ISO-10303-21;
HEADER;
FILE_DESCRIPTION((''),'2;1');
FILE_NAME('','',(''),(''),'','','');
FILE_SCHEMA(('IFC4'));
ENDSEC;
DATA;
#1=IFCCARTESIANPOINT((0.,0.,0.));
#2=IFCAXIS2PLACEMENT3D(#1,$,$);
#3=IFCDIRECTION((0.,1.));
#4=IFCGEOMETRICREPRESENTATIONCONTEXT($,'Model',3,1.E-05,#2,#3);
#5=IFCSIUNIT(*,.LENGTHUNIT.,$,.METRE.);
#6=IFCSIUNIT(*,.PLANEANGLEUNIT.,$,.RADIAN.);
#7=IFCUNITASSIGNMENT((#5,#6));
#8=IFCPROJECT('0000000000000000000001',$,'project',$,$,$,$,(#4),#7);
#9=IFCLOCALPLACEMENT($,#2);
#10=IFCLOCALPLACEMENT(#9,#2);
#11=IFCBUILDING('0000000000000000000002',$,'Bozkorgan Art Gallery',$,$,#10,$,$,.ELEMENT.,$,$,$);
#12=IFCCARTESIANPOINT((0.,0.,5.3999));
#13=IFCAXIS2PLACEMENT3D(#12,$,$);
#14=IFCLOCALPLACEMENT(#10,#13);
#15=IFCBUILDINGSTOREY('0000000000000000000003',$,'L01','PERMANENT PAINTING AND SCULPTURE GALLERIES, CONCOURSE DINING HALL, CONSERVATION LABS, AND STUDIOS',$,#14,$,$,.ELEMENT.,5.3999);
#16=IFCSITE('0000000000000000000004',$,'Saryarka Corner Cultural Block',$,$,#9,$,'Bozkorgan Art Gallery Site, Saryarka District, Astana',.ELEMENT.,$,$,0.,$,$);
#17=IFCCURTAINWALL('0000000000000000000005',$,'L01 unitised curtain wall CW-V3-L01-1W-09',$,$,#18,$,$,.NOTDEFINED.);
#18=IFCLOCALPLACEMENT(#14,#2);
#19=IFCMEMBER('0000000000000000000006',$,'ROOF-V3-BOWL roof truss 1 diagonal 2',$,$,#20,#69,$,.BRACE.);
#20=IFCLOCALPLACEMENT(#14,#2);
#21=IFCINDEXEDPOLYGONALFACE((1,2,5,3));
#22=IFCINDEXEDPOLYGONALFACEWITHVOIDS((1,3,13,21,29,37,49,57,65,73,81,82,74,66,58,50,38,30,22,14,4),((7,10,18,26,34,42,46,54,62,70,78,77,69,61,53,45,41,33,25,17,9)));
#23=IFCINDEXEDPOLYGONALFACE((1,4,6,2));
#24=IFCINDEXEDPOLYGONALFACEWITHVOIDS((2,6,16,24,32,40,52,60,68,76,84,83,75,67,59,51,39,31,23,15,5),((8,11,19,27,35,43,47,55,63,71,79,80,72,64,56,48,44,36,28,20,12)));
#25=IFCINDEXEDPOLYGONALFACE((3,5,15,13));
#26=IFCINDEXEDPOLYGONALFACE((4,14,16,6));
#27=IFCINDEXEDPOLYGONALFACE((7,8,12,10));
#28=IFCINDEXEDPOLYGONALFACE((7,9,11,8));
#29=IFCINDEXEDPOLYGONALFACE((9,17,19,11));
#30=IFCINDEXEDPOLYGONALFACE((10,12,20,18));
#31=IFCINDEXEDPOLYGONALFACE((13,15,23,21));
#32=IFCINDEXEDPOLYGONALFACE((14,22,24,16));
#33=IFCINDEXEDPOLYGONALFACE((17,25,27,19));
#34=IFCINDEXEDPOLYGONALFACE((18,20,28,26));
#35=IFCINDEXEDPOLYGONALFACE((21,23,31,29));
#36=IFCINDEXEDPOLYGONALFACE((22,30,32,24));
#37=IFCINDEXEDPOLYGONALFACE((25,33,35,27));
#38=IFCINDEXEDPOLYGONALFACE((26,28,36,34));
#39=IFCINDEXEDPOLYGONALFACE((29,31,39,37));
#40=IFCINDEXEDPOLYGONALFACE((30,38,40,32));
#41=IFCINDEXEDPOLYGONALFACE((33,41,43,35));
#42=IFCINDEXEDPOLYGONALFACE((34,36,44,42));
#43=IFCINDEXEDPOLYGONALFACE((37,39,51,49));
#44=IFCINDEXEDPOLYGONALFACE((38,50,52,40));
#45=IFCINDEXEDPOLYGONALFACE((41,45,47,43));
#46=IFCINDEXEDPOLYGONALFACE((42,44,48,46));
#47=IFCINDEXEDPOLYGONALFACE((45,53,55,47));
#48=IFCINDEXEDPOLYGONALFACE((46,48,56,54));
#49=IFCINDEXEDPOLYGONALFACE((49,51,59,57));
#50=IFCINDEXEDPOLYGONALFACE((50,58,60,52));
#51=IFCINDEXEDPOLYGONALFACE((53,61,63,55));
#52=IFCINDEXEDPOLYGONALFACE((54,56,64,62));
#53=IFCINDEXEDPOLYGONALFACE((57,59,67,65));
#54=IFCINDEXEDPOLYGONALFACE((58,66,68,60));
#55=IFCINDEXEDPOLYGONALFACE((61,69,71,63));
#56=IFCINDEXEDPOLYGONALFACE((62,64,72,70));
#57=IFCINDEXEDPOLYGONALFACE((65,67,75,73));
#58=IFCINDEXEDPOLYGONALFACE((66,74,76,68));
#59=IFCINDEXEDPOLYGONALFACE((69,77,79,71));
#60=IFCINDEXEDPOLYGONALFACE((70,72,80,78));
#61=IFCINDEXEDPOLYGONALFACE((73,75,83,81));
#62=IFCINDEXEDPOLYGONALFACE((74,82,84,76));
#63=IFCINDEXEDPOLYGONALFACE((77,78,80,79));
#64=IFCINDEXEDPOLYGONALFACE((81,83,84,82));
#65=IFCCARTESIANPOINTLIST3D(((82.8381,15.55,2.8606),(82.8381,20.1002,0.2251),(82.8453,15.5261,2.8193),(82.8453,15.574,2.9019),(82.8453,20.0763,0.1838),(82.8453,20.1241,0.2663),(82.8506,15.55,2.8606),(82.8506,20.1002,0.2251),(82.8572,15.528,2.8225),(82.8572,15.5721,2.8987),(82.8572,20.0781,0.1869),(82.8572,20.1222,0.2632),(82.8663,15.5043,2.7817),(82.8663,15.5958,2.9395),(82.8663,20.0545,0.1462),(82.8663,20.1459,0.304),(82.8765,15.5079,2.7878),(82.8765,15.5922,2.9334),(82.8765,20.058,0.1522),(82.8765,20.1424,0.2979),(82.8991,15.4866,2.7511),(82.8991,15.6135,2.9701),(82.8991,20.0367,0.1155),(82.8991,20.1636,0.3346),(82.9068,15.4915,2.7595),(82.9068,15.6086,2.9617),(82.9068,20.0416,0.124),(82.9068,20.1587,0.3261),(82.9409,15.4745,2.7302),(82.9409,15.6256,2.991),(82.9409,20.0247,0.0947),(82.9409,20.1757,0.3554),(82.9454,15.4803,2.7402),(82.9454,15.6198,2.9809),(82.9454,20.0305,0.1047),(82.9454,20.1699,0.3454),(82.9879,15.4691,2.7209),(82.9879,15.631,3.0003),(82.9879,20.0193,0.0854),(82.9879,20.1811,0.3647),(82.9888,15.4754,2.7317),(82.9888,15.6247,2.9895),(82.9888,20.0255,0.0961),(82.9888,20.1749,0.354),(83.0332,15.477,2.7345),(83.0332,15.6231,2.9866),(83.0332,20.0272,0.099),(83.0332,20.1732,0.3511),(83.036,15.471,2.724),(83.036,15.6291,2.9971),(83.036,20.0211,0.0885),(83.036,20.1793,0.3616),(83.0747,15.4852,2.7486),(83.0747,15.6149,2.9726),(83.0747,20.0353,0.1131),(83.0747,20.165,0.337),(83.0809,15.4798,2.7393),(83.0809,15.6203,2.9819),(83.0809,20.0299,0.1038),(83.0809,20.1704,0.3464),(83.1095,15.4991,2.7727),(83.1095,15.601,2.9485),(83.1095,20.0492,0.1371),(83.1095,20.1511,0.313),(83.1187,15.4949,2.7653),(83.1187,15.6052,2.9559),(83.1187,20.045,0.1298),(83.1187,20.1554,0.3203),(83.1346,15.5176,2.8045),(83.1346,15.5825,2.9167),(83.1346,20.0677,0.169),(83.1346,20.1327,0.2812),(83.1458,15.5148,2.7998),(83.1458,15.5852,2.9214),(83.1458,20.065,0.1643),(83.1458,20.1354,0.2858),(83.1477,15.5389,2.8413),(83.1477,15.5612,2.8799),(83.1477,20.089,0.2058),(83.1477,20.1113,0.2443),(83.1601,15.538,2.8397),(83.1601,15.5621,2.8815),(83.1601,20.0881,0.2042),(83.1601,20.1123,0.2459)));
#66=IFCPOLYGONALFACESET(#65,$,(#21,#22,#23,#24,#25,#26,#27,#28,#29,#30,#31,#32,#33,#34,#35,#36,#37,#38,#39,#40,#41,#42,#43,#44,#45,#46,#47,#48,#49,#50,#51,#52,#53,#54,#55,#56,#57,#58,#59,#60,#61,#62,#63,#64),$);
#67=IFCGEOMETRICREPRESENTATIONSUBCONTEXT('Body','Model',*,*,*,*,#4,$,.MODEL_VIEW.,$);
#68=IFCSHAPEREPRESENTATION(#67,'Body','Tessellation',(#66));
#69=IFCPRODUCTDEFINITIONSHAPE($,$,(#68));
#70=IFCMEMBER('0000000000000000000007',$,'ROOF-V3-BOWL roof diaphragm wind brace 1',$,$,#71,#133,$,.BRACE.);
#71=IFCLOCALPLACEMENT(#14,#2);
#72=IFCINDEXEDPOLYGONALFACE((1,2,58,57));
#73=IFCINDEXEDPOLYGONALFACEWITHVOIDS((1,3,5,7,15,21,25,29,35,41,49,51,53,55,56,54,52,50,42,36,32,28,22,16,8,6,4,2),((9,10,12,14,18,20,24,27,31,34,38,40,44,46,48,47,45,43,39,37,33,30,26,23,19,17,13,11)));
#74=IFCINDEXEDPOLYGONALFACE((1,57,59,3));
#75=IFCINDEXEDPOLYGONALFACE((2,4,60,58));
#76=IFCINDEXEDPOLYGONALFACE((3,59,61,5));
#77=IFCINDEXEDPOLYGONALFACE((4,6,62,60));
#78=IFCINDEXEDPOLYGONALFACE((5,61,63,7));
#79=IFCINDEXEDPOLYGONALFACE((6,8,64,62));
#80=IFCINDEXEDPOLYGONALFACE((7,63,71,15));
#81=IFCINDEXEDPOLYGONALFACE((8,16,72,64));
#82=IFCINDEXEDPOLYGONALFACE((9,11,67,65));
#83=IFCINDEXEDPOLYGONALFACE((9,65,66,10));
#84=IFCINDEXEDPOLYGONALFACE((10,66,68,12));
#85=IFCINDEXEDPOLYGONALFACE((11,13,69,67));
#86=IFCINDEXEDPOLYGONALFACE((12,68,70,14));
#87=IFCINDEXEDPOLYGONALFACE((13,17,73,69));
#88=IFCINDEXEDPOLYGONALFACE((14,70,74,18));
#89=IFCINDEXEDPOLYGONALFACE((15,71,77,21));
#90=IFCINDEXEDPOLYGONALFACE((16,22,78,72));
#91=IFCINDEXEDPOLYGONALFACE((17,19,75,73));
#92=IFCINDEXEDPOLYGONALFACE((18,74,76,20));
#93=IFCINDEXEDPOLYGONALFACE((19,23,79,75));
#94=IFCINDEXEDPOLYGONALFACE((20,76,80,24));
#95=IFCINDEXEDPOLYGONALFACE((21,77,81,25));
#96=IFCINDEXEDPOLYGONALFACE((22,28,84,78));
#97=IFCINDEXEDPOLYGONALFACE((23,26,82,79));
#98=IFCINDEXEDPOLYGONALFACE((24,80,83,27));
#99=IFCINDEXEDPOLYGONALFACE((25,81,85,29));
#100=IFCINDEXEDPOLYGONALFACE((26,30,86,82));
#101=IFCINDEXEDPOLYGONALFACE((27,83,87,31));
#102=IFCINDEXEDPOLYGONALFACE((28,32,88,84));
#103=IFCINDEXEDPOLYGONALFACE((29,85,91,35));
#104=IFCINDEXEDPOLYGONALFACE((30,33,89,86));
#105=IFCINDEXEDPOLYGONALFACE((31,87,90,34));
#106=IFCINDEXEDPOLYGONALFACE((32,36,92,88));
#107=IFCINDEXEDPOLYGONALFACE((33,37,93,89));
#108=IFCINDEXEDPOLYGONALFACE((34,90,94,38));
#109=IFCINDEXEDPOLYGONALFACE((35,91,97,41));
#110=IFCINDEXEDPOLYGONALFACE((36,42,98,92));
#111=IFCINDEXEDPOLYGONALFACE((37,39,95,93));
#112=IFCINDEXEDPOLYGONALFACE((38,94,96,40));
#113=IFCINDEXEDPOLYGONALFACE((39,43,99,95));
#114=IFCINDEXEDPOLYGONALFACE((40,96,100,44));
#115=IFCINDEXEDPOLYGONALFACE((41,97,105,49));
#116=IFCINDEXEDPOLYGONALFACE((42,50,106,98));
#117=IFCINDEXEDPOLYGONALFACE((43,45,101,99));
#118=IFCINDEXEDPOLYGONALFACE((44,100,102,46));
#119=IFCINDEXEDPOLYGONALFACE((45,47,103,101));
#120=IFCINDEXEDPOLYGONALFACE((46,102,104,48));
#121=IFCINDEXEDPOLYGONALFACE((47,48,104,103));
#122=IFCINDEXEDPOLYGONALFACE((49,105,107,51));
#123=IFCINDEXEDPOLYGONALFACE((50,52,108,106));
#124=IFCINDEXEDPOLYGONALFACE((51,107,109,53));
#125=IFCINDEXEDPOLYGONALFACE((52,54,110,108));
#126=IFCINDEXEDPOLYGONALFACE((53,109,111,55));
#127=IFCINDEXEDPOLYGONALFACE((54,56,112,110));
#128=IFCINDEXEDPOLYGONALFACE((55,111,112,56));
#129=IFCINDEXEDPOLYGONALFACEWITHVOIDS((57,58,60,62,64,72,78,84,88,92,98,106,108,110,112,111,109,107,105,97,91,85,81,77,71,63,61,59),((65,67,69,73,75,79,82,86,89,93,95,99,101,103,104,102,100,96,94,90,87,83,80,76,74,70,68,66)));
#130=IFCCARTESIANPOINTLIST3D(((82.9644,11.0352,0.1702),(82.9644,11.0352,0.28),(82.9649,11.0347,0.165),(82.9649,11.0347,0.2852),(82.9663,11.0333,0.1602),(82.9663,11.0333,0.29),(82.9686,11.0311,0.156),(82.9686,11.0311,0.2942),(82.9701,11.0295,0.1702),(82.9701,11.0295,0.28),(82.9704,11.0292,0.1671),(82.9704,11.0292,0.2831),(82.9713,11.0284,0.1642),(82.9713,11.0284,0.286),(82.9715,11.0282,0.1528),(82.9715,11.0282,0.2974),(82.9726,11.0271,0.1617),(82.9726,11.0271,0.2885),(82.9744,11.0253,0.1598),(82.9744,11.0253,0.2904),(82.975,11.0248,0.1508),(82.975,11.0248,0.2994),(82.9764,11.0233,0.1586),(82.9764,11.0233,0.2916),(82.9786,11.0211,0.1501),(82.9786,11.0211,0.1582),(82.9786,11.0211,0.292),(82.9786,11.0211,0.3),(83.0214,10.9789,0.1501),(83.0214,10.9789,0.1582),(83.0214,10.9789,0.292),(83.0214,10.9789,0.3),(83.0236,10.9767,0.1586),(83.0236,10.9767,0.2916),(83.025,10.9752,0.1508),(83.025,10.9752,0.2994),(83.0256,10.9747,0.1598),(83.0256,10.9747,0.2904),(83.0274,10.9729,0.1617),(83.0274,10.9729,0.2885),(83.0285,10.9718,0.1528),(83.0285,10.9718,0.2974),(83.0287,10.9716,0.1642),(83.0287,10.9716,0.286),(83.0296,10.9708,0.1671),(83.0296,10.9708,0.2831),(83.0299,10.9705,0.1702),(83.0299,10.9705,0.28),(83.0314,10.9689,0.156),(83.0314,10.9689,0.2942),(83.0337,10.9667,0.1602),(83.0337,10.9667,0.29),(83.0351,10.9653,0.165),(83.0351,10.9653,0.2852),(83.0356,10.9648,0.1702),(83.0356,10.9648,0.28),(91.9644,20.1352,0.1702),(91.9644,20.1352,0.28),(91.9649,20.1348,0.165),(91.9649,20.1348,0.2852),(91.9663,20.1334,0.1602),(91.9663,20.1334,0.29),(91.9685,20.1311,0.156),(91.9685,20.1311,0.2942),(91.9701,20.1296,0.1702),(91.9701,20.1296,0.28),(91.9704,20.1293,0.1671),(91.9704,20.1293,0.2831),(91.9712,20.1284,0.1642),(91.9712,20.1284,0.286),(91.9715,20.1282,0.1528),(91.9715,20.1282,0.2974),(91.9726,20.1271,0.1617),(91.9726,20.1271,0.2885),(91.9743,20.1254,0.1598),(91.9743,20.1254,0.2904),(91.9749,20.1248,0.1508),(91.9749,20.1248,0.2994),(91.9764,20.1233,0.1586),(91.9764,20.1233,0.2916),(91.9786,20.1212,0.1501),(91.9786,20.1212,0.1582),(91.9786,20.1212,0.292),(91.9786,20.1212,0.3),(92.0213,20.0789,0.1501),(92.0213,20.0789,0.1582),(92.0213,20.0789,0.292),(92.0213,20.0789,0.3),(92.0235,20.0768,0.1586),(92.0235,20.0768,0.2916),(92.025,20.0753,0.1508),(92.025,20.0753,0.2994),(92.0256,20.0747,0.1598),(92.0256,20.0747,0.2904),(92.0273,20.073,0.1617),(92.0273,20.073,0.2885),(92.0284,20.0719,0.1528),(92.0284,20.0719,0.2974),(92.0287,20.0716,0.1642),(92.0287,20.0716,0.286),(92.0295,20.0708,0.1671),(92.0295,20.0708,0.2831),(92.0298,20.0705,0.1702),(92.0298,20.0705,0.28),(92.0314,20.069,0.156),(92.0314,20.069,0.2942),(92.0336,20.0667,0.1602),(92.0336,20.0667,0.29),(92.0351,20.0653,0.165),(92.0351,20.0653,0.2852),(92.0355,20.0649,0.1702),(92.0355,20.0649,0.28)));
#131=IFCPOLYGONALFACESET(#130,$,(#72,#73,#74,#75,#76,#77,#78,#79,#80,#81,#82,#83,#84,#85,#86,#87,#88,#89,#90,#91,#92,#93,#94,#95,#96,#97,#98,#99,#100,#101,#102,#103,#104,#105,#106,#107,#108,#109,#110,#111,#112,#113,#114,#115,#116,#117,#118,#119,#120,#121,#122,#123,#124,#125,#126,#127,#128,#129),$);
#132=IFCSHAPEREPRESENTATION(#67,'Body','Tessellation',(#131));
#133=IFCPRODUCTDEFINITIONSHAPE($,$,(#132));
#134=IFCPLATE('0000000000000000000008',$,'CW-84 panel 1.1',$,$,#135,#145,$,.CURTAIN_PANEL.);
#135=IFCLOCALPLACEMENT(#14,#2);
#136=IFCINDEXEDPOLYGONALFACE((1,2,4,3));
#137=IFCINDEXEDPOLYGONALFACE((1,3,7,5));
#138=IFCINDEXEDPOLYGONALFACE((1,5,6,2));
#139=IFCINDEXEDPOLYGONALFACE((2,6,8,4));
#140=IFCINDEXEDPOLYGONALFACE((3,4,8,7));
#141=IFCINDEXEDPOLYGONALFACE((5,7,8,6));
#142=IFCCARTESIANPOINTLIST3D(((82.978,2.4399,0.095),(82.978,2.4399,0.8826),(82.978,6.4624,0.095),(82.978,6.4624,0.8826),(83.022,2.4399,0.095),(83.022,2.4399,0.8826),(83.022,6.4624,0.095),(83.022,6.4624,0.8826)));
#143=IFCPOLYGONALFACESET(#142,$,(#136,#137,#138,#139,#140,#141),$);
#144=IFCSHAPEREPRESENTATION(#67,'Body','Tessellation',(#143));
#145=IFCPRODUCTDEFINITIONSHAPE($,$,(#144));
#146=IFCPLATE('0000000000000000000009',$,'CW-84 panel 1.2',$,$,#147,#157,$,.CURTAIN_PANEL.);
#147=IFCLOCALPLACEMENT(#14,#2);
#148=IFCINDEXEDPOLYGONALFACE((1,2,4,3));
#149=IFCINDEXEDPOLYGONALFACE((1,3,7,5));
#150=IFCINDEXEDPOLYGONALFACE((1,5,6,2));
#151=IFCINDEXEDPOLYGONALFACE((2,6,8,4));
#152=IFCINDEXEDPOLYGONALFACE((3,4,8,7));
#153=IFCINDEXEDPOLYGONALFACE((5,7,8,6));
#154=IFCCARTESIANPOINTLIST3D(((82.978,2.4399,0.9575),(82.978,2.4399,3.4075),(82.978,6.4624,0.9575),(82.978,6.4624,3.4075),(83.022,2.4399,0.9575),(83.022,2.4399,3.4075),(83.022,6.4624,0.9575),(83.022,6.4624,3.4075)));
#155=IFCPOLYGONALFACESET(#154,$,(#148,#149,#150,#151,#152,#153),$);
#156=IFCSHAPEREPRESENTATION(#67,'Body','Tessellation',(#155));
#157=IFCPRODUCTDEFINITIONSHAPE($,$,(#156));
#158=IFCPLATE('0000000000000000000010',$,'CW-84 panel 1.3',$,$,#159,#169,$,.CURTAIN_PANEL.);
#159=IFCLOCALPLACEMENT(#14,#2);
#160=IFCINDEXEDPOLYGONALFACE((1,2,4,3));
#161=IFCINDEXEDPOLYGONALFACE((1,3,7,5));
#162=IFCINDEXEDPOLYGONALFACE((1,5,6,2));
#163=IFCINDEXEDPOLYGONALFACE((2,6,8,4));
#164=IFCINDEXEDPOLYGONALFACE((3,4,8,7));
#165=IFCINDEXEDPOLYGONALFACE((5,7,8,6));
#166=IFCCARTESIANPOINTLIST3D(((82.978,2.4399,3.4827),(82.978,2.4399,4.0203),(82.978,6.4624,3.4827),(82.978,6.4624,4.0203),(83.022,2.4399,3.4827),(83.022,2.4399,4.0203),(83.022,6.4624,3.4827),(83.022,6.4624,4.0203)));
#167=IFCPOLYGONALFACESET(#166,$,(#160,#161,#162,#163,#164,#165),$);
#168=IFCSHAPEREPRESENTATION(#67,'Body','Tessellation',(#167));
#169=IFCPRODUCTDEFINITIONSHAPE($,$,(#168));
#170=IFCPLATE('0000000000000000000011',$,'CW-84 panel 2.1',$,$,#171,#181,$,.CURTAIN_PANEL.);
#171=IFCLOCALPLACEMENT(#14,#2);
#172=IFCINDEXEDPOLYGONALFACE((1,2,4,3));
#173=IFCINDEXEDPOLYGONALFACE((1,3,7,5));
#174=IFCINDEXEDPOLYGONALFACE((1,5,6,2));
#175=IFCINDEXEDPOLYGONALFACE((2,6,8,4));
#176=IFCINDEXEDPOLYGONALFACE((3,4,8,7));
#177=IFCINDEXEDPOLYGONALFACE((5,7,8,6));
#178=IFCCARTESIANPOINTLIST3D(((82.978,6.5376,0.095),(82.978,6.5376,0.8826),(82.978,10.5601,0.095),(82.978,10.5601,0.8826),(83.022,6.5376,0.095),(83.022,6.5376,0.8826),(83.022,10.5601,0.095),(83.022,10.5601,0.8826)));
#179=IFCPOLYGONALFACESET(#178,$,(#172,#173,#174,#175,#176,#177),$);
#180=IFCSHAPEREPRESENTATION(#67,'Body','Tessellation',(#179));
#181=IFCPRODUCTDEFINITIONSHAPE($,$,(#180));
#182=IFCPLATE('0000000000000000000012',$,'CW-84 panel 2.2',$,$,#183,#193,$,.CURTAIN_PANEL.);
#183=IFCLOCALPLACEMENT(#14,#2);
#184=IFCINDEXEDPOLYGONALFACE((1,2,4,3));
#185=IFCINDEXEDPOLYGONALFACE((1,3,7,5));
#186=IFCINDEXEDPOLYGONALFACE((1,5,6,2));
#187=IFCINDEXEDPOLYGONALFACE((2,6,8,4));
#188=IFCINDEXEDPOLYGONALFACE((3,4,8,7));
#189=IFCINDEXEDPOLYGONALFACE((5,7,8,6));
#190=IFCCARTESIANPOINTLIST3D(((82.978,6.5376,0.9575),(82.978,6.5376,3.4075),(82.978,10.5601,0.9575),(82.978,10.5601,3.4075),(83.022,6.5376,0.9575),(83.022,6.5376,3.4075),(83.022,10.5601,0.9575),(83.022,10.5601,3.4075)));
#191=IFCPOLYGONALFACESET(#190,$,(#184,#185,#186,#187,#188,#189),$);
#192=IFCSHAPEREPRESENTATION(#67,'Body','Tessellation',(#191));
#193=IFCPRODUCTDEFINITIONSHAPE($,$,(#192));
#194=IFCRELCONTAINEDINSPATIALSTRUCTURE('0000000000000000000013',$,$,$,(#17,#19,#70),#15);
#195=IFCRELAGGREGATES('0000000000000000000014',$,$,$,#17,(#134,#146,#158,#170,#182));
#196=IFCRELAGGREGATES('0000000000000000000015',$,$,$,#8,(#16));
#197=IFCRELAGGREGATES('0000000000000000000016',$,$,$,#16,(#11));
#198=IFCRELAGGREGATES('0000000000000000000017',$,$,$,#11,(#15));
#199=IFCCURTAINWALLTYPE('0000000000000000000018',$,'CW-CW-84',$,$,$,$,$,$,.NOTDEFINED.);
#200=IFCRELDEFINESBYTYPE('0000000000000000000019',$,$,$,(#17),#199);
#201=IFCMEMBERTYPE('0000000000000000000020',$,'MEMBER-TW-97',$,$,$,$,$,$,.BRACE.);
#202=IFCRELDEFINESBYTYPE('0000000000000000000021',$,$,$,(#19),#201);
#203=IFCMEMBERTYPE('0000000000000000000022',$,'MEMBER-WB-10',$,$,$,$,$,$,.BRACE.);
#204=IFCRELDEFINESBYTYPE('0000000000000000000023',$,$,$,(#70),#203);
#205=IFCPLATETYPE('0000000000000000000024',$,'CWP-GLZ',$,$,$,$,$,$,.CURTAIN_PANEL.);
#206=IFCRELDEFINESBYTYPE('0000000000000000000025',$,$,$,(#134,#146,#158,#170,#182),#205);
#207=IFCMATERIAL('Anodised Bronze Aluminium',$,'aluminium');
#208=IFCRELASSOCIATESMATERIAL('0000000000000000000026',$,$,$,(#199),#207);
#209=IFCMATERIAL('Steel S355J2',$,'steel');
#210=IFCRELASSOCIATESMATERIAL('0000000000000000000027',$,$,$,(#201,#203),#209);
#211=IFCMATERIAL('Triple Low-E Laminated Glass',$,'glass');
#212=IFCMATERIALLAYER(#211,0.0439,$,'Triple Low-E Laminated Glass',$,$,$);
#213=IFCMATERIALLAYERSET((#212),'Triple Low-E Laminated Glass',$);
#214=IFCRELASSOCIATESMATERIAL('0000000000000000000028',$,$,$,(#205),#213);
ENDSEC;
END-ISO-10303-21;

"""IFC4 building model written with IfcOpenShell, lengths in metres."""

from ifc_helpers import new_model, si_unit, direction, frame, origin, origin_2d, place, context, subcontext, project, spatial, rectangle, hollow_rectangle, hollow_circle, extrude, material, layer, layer_set, material_profile, profile_set, type_object, element, aggregate, save


model = new_model("IFC4")

# Units and contexts
model_context = context("Model", 3, precision=1e-05, world=origin(), true_north=direction((0.0, 1.0)))
body_context = subcontext(model_context, "Body", "Model", "MODEL_VIEW")
ifc_project = project(units=[si_unit("LENGTHUNIT", "METRE"), si_unit("PLANEANGLEUNIT", "RADIAN")], contexts=[model_context])

# Site, building, storey
site_placement = place(None, origin())
site = spatial("IfcSite", under=ifc_project, at=site_placement, Name="Saryarka Corner Cultural Block", LongName="Bozkorgan Art Gallery Site, Saryarka District, Astana", CompositionType="ELEMENT", RefElevation=0.0)
building_placement = place(site_placement, origin())
building = spatial("IfcBuilding", under=site, at=building_placement, Name="Bozkorgan Art Gallery", CompositionType="ELEMENT")
storey_placement = place(building_placement, frame((0.0, 0.0, 5.3999)))
storey = spatial("IfcBuildingStorey", under=building, at=storey_placement, Name="L01", Description="PERMANENT PAINTING AND SCULPTURE GALLERIES, CONCOURSE DINING HALL, CONSERVATION LABS, AND STUDIOS", CompositionType="ELEMENT", Elevation=5.3999)

# Shared definitions
ifc_material_1 = material(Name="Steel S355J2", Category="steel")

# Shared definitions
ifc_material_2 = material(Name="Anodised Bronze Aluminium", Category="aluminium")
curtain_wall_type = type_object("IfcCurtainWallType", Name="CW-CW-84", PredefinedType="NOTDEFINED", material=ifc_material_2)

# Curtain wall
curtain_wall_1_placement = place(storey_placement, origin())
curtain_wall_1 = element("IfcCurtainWall", 1, at=curtain_wall_1_placement, inside=storey, type_object=curtain_wall_type, Name="L01 unitised curtain wall CW-V3-L01-1W-09", PredefinedType="NOTDEFINED")

# Members
ifc_material_profile_1 = material_profile(ifc_material_1, hollow_circle(Radius=0.1619, WallThickness=0.0125, at=origin_2d()), Name="CHS 323.9x12.5")
ifc_profile_set_1 = profile_set([ifc_material_profile_1], Name="Steel S355J2")
member_type_1 = type_object("IfcMemberType", Name="MEMBER-TW-97", PredefinedType="BRACE", material=ifc_profile_set_1)
member_1_placement = place(storey_placement, frame((83.0, 15.55, 2.8606), z_axis=(0.0, 0.865322, -0.501216), x_axis=(-1.0, 0.0, 0.0)))
element("IfcMember", 2, at=member_1_placement, inside=storey, type_object=member_type_1, Name="ROOF-V3-BOWL roof truss 1 diagonal 2", PredefinedType="BRACE", context=body_context, shape_type="SweptSolid", body=[
    extrude(hollow_circle(Radius=0.1619, WallThickness=0.0125, at=origin_2d()), origin(), (0.0, 0.0, 1.0), 5.2583),
])
ifc_material_profile_2 = material_profile(ifc_material_1, hollow_rectangle(XDim=0.1001, YDim=0.1499, WallThickness=0.0081, InnerFilletRadius=0.012, OuterFilletRadius=0.02, at=origin_2d()), Name="RHS 150x100x8")
ifc_profile_set_2 = profile_set([ifc_material_profile_2], Name="Steel S355J2")
member_type_2 = type_object("IfcMemberType", Name="MEMBER-WB-10", PredefinedType="BRACE", material=ifc_profile_set_2)
member_2_placement = place(storey_placement, frame((83.0, 11.0, 0.2251), z_axis=(0.703186, 0.711006, 0.0), x_axis=(-0.711006, 0.703186, 0.0)))
element("IfcMember", 3, at=member_2_placement, inside=storey, type_object=member_type_2, Name="ROOF-V3-BOWL roof diaphragm wind brace 1", PredefinedType="BRACE", context=body_context, shape_type="SweptSolid", body=[
    extrude(hollow_rectangle(XDim=0.1001, YDim=0.1499, WallThickness=0.0081, InnerFilletRadius=0.012, OuterFilletRadius=0.02, at=origin_2d()), origin(), (0.0, 0.0, 1.0), 12.7988),
])

# Plates
ifc_material_3 = material(Name="Triple Low-E Laminated Glass", Category="glass")
ifc_layer_1 = layer(ifc_material_3, 0.0439, Name="Triple Low-E Laminated Glass")
ifc_layer_set_1 = layer_set([ifc_layer_1], Name="Triple Low-E Laminated Glass")
plate_type_1 = type_object("IfcPlateType", Name="CWP-GLZ", PredefinedType="CURTAIN_PANEL", material=ifc_layer_set_1)
plate_1_placement = place(storey_placement, frame((83.0, 4.4512, 0.095), z_axis=(0.0, 0.0, 1.0), x_axis=(0.0, 1.0, 0.0)))
plate_1 = element("IfcPlate", 4, at=plate_1_placement, type_object=plate_type_1, Name="CW-84 panel 1.1", PredefinedType="CURTAIN_PANEL", context=body_context, shape_type="SweptSolid", body=[
    extrude(rectangle(XDim=4.0225, YDim=0.0439, at=origin_2d()), origin(), (0.0, 0.0, 1.0), 0.7876),
])
plate_2_placement = place(storey_placement, frame((83.0, 4.4512, 0.9575), z_axis=(0.0, 0.0, 1.0), x_axis=(0.0, 1.0, 0.0)))
plate_2 = element("IfcPlate", 5, at=plate_2_placement, type_object=plate_type_1, Name="CW-84 panel 1.2", PredefinedType="CURTAIN_PANEL", context=body_context, shape_type="SweptSolid", body=[
    extrude(rectangle(XDim=4.0225, YDim=0.0439, at=origin_2d()), origin(), (0.0, 0.0, 1.0), 2.45),
])
plate_3_placement = place(storey_placement, frame((83.0, 4.4512, 3.4827), z_axis=(0.0, 0.0, 1.0), x_axis=(0.0, 1.0, 0.0)))
plate_3 = element("IfcPlate", 6, at=plate_3_placement, type_object=plate_type_1, Name="CW-84 panel 1.3", PredefinedType="CURTAIN_PANEL", context=body_context, shape_type="SweptSolid", body=[
    extrude(rectangle(XDim=4.0225, YDim=0.0439, at=origin_2d()), origin(), (0.0, 0.0, 1.0), 0.5376),
])
plate_4_placement = place(storey_placement, frame((83.0, 8.5488, 0.095), z_axis=(0.0, 0.0, 1.0), x_axis=(0.0, 1.0, 0.0)))
plate_4 = element("IfcPlate", 7, at=plate_4_placement, type_object=plate_type_1, Name="CW-84 panel 2.1", PredefinedType="CURTAIN_PANEL", context=body_context, shape_type="SweptSolid", body=[
    extrude(rectangle(XDim=4.0225, YDim=0.0439, at=origin_2d()), origin(), (0.0, 0.0, 1.0), 0.7876),
])
plate_5_placement = place(storey_placement, frame((83.0, 8.5488, 0.9575), z_axis=(0.0, 0.0, 1.0), x_axis=(0.0, 1.0, 0.0)))
plate_5 = element("IfcPlate", 8, at=plate_5_placement, type_object=plate_type_1, Name="CW-84 panel 2.2", PredefinedType="CURTAIN_PANEL", context=body_context, shape_type="SweptSolid", body=[
    extrude(rectangle(XDim=4.0225, YDim=0.0439, at=origin_2d()), origin(), (0.0, 0.0, 1.0), 2.45),
])
aggregate(curtain_wall_1, [plate_1, plate_2, plate_3, plate_4, plate_5])

save(model, "model.ifc")
